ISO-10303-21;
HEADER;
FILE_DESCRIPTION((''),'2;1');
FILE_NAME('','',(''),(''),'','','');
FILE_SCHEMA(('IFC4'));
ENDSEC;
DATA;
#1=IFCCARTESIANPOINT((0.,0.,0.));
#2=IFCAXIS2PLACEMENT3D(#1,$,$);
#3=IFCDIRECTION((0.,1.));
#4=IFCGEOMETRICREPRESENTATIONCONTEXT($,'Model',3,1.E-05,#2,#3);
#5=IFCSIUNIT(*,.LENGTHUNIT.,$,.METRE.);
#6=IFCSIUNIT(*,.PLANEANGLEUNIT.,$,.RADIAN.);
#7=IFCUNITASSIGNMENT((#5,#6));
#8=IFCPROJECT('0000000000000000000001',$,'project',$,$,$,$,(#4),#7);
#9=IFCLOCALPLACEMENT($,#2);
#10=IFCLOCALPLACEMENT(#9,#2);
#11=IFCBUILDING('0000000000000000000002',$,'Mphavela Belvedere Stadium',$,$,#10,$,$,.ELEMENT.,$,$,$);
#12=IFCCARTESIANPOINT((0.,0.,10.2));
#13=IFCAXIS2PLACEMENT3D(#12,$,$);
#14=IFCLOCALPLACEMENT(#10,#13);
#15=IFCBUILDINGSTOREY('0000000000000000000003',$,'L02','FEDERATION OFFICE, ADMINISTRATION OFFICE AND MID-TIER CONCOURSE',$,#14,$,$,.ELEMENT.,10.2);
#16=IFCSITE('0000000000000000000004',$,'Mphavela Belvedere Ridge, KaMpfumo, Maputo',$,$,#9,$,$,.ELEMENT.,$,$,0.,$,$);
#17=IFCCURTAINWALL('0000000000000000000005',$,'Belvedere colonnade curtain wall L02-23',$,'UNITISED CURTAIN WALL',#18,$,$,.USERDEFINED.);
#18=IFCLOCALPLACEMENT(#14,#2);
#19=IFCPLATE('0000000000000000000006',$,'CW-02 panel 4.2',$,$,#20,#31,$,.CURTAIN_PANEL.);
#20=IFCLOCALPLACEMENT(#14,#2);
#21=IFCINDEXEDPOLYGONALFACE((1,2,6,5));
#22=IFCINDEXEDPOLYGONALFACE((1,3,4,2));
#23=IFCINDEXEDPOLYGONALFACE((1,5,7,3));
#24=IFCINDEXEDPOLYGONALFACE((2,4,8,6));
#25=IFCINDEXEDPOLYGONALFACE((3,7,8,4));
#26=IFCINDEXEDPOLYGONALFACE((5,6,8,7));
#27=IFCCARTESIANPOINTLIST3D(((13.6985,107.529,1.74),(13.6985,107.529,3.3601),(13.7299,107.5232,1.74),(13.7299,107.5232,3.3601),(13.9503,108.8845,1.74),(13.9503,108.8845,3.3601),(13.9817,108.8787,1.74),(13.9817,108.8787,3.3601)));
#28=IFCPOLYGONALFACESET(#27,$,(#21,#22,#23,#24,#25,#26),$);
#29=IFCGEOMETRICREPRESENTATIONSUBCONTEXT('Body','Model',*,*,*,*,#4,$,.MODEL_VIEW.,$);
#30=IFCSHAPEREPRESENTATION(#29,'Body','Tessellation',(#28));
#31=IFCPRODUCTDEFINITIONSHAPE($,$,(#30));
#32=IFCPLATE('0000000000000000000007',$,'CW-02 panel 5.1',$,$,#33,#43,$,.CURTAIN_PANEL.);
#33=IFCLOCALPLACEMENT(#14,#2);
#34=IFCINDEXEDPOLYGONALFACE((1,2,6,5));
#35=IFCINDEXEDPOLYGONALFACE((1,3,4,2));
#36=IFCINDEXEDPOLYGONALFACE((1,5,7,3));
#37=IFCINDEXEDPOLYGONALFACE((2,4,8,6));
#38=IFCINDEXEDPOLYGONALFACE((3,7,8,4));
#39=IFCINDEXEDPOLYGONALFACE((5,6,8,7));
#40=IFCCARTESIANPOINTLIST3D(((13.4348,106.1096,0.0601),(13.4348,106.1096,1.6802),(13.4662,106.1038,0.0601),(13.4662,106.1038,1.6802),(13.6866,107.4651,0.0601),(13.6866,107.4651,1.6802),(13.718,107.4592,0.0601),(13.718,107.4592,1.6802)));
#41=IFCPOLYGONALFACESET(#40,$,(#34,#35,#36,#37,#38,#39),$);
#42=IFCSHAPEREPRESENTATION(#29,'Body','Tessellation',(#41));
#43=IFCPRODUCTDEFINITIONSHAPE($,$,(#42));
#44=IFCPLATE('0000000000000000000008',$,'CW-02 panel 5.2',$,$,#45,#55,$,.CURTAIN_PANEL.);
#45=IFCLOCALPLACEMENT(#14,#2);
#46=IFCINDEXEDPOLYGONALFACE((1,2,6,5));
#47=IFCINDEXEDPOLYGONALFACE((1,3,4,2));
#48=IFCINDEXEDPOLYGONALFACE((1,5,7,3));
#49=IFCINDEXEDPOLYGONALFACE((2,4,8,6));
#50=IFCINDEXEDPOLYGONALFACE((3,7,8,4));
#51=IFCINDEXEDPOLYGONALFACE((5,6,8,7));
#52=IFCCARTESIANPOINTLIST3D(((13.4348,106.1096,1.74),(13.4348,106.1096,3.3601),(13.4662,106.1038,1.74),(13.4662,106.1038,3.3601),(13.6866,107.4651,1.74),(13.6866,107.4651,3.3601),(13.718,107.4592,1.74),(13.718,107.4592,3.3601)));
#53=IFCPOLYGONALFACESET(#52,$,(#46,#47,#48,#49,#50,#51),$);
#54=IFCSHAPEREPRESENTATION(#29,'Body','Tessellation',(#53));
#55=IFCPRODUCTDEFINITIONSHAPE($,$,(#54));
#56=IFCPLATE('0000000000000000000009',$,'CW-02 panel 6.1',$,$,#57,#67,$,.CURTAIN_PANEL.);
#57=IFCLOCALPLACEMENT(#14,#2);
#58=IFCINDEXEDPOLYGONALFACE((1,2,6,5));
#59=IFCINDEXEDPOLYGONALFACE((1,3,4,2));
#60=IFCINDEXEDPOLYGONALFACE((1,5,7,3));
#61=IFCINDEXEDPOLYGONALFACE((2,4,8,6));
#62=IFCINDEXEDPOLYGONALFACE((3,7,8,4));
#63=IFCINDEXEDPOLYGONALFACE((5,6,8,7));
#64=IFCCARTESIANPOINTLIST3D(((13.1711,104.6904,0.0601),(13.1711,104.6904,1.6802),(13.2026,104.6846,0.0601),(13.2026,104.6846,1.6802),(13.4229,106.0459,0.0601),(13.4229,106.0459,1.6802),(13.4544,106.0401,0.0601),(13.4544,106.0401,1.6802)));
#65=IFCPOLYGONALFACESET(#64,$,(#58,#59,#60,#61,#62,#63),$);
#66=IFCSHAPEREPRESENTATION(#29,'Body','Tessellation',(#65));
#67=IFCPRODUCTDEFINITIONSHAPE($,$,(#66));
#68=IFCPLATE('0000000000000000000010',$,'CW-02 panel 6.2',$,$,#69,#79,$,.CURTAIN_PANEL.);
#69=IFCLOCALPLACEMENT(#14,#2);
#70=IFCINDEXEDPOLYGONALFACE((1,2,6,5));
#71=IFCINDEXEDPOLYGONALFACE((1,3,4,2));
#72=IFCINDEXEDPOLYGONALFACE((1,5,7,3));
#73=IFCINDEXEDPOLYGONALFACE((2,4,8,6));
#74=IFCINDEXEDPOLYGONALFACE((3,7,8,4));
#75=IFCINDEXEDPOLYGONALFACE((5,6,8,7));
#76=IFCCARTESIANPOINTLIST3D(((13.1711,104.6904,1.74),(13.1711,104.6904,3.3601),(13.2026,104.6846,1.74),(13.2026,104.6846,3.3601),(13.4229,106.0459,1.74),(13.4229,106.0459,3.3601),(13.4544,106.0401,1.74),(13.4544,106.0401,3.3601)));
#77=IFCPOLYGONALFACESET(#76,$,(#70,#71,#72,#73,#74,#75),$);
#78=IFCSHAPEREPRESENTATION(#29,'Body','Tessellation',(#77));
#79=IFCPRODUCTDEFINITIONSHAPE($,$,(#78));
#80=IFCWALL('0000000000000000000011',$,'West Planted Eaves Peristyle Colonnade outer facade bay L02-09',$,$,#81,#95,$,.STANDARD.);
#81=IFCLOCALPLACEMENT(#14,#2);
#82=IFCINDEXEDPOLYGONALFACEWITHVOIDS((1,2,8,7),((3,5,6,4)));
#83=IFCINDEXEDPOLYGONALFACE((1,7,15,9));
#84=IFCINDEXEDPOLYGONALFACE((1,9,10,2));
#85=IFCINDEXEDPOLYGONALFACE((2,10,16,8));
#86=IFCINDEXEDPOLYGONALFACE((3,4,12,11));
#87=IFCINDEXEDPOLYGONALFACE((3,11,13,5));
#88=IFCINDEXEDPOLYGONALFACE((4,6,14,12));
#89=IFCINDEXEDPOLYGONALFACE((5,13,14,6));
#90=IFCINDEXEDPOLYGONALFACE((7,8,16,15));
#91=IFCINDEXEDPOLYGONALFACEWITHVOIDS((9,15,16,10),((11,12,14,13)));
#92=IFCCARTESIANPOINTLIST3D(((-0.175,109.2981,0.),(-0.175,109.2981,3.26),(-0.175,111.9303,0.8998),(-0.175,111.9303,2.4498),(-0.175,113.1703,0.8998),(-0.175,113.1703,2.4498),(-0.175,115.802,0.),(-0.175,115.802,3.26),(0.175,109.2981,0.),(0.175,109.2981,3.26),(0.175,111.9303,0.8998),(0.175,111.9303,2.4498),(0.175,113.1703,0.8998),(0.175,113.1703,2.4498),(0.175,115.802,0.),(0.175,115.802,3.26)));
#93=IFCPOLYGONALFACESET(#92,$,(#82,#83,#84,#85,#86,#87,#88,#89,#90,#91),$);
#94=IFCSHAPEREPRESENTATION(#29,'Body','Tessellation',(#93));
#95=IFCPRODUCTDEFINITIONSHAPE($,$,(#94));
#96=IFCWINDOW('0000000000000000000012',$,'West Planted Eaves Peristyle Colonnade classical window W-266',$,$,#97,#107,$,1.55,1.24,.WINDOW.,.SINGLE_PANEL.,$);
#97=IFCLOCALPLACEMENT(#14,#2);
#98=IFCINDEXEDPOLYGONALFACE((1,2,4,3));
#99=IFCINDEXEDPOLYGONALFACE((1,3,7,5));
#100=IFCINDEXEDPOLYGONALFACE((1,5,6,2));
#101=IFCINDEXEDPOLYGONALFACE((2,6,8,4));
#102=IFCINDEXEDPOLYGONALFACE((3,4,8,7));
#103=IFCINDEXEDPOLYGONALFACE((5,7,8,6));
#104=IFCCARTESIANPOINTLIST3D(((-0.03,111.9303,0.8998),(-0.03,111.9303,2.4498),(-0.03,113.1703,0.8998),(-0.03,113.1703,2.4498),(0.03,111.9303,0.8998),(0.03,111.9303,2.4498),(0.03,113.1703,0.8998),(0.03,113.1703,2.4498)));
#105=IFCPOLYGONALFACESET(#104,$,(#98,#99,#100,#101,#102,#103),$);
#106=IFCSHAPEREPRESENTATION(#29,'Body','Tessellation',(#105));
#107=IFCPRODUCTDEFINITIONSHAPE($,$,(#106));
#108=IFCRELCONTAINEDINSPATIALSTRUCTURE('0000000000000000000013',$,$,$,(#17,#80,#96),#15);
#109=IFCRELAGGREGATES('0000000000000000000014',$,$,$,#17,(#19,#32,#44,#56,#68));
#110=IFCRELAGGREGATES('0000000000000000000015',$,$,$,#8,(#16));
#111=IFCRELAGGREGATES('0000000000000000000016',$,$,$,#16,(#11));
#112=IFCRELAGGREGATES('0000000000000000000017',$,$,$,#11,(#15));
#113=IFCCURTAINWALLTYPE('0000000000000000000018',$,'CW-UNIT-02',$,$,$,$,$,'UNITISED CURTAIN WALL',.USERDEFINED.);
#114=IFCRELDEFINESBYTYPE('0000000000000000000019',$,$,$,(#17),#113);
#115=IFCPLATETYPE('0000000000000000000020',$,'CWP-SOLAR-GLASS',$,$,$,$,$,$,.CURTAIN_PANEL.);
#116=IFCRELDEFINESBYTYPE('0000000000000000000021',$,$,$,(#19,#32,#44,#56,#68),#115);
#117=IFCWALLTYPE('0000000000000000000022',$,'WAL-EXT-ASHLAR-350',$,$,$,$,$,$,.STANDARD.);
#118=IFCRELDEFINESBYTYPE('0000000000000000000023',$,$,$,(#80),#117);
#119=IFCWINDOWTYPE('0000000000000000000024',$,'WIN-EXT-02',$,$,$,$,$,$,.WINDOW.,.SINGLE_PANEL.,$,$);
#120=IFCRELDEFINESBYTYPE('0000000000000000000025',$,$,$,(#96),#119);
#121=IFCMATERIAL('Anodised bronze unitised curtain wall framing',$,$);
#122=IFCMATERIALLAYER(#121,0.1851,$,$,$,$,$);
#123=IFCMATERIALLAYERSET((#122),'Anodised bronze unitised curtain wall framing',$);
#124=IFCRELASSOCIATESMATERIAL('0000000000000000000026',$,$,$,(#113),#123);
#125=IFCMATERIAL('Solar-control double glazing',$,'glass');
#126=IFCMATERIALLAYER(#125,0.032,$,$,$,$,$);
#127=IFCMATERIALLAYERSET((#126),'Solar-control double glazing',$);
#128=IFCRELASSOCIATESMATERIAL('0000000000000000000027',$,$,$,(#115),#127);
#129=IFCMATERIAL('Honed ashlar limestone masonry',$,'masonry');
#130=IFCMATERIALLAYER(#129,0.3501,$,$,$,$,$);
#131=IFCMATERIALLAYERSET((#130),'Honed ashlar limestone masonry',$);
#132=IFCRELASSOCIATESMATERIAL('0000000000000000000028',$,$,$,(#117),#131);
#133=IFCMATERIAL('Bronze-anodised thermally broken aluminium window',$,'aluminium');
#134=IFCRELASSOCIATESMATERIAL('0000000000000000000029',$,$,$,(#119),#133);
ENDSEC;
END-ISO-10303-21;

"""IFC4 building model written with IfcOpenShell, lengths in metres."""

from ifc_helpers import new_model, si_unit, direction, frame, frame_2d, origin, origin_2d, place, context, subcontext, project, spatial, rectangle, extrude, material, layer, layer_set, type_object, element, fill, aggregate, save


model = new_model("IFC4")

# Units and contexts
model_context = context("Model", 3, precision=1e-05, world=origin(), true_north=direction((0.0, 1.0)))
body_context = subcontext(model_context, "Body", "Model", "MODEL_VIEW")
ifc_project = project(units=[si_unit("LENGTHUNIT", "METRE"), si_unit("PLANEANGLEUNIT", "RADIAN")], contexts=[model_context])

# Site, building, storey
site_placement = place(None, origin())
site = spatial("IfcSite", under=ifc_project, at=site_placement, Name="Mphavela Belvedere Ridge, KaMpfumo, Maputo", CompositionType="ELEMENT", RefElevation=0.0)
building_placement = place(site_placement, origin())
building = spatial("IfcBuilding", under=site, at=building_placement, Name="Mphavela Belvedere Stadium", CompositionType="ELEMENT")
storey_placement = place(building_placement, frame((0.0, 0.0, 10.2)))
storey = spatial("IfcBuildingStorey", under=building, at=storey_placement, Name="L02", Description="FEDERATION OFFICE, ADMINISTRATION OFFICE AND MID-TIER CONCOURSE", CompositionType="ELEMENT", Elevation=10.2)

# Curtain wall, plates
ifc_material_1 = material(Name="Anodised bronze unitised curtain wall framing")
ifc_layer_1 = layer(ifc_material_1, 0.1851)
ifc_layer_set_1 = layer_set([ifc_layer_1], Name="Anodised bronze unitised curtain wall framing")
curtain_wall_type = type_object("IfcCurtainWallType", Name="CW-UNIT-02", ElementType="UNITISED CURTAIN WALL", PredefinedType="USERDEFINED", material=ifc_layer_set_1)
curtain_wall_placement = place(storey_placement, origin())
curtain_wall = element("IfcCurtainWall", 1, at=curtain_wall_placement, inside=storey, type_object=curtain_wall_type, Name="Belvedere colonnade curtain wall L02-23", ObjectType="UNITISED CURTAIN WALL", PredefinedType="USERDEFINED")
ifc_material_2 = material(Name="Solar-control double glazing", Category="glass")
ifc_layer_2 = layer(ifc_material_2, 0.032)
ifc_layer_set_2 = layer_set([ifc_layer_2], Name="Solar-control double glazing")
plate_type = type_object("IfcPlateType", Name="CWP-SOLAR-GLASS", PredefinedType="CURTAIN_PANEL", material=ifc_layer_set_2)
plate_1_placement = place(storey_placement, frame((13.8401, 108.2039, 1.74), z_axis=(0.0, 0.0, 1.0), x_axis=(-0.182625, -0.983183, 0.0)))
plate_1 = element("IfcPlate", 2, at=plate_1_placement, type_object=plate_type, Name="CW-02 panel 4.2", PredefinedType="CURTAIN_PANEL", context=body_context, shape_type="SweptSolid", body=[
    extrude(rectangle(XDim=1.3787, YDim=0.032, at=origin_2d()), origin(), (0.0, 0.0, 1.0), 1.6201),
])
plate_2_placement = place(storey_placement, frame((13.5764, 106.7844, 0.0601), z_axis=(0.0, 0.0, 1.0), x_axis=(-0.182625, -0.983183, 0.0)))
plate_2 = element("IfcPlate", 3, at=plate_2_placement, type_object=plate_type, Name="CW-02 panel 5.1", PredefinedType="CURTAIN_PANEL", context=body_context, shape_type="SweptSolid", body=[
    extrude(rectangle(XDim=1.3787, YDim=0.032, at=origin_2d()), origin(), (0.0, 0.0, 1.0), 1.6201),
])
plate_3_placement = place(storey_placement, frame((13.5764, 106.7844, 1.74), z_axis=(0.0, 0.0, 1.0), x_axis=(-0.182625, -0.983183, 0.0)))
plate_3 = element("IfcPlate", 4, at=plate_3_placement, type_object=plate_type, Name="CW-02 panel 5.2", PredefinedType="CURTAIN_PANEL", context=body_context, shape_type="SweptSolid", body=[
    extrude(rectangle(XDim=1.3787, YDim=0.032, at=origin_2d()), origin(), (0.0, 0.0, 1.0), 1.6201),
])
plate_4_placement = place(storey_placement, frame((13.3127, 105.3652, 0.0601), z_axis=(0.0, 0.0, 1.0), x_axis=(-0.182625, -0.983183, 0.0)))
plate_4 = element("IfcPlate", 5, at=plate_4_placement, type_object=plate_type, Name="CW-02 panel 6.1", PredefinedType="CURTAIN_PANEL", context=body_context, shape_type="SweptSolid", body=[
    extrude(rectangle(XDim=1.3787, YDim=0.032, at=origin_2d()), origin(), (0.0, 0.0, 1.0), 1.6201),
])
plate_5_placement = place(storey_placement, frame((13.3127, 105.3652, 1.74), z_axis=(0.0, 0.0, 1.0), x_axis=(-0.182625, -0.983183, 0.0)))
plate_5 = element("IfcPlate", 6, at=plate_5_placement, type_object=plate_type, Name="CW-02 panel 6.2", PredefinedType="CURTAIN_PANEL", context=body_context, shape_type="SweptSolid", body=[
    extrude(rectangle(XDim=1.3787, YDim=0.032, at=origin_2d()), origin(), (0.0, 0.0, 1.0), 1.6201),
])
aggregate(curtain_wall, [plate_1, plate_2, plate_3, plate_4, plate_5])

# Wall, opening, window
ifc_material_3 = material(Name="Honed ashlar limestone masonry", Category="masonry")
ifc_layer_3 = layer(ifc_material_3, 0.3501)
ifc_layer_set_3 = layer_set([ifc_layer_3], Name="Honed ashlar limestone masonry")
wall_type = type_object("IfcWallType", Name="WAL-EXT-ASHLAR-350", PredefinedType="STANDARD", material=ifc_layer_set_3)
wall_placement = place(storey_placement, frame((0.0, 109.2981, 0.0), z_axis=(0.0, 0.0, 1.0), x_axis=(0.0, 1.0, 0.0)))
wall = element("IfcWall", 7, at=wall_placement, inside=storey, type_object=wall_type, Name="West Planted Eaves Peristyle Colonnade outer facade bay L02-09", PredefinedType="STANDARD", context=body_context, shape_type="SweptSolid", body=[
    extrude(rectangle(XDim=6.5039, YDim=0.3501, at=frame_2d((3.252, 0.0))), origin(), (0.0, 0.0, 1.0), 3.26),
])
opening_placement = place(wall_placement, frame((2.6321, 0.0, 0.8999)))
opening = element("IfcOpeningElement", 8, at=opening_placement, cuts=wall, PredefinedType="OPENING", context=body_context, shape_type="SweptSolid", body=[
    extrude(rectangle(XDim=1.24, YDim=1.55, at=frame_2d((0.6201, 0.7749))), frame((0.0, 0.1851, 0.0), z_axis=(0.0, -1.0, 0.0), x_axis=(1.0, 0.0, 0.0)), (0.0, 0.0, 1.0), 0.3701),
])
ifc_material_4 = material(Name="Bronze-anodised thermally broken aluminium window", Category="aluminium")
window_type = type_object("IfcWindowType", Name="WIN-EXT-02", PartitioningType="SINGLE_PANEL", PredefinedType="WINDOW", material=ifc_material_4)
window_placement = place(opening_placement, origin())
window = element("IfcWindow", 9, at=window_placement, inside=storey, type_object=window_type, Name="West Planted Eaves Peristyle Colonnade classical window W-266", OverallHeight=1.55, OverallWidth=1.24, PartitioningType="SINGLE_PANEL", PredefinedType="WINDOW", context=body_context, shape_type="SweptSolid", body=[
    extrude(rectangle(XDim=1.24, YDim=1.55, at=frame_2d((0.6201, 0.7749))), frame((0.0, 0.03, 0.0), z_axis=(0.0, -1.0, 0.0), x_axis=(1.0, 0.0, 0.0)), (0.0, 0.0, 1.0), 0.0601),
])
fill(opening, window)

save(model, "model.ifc")
